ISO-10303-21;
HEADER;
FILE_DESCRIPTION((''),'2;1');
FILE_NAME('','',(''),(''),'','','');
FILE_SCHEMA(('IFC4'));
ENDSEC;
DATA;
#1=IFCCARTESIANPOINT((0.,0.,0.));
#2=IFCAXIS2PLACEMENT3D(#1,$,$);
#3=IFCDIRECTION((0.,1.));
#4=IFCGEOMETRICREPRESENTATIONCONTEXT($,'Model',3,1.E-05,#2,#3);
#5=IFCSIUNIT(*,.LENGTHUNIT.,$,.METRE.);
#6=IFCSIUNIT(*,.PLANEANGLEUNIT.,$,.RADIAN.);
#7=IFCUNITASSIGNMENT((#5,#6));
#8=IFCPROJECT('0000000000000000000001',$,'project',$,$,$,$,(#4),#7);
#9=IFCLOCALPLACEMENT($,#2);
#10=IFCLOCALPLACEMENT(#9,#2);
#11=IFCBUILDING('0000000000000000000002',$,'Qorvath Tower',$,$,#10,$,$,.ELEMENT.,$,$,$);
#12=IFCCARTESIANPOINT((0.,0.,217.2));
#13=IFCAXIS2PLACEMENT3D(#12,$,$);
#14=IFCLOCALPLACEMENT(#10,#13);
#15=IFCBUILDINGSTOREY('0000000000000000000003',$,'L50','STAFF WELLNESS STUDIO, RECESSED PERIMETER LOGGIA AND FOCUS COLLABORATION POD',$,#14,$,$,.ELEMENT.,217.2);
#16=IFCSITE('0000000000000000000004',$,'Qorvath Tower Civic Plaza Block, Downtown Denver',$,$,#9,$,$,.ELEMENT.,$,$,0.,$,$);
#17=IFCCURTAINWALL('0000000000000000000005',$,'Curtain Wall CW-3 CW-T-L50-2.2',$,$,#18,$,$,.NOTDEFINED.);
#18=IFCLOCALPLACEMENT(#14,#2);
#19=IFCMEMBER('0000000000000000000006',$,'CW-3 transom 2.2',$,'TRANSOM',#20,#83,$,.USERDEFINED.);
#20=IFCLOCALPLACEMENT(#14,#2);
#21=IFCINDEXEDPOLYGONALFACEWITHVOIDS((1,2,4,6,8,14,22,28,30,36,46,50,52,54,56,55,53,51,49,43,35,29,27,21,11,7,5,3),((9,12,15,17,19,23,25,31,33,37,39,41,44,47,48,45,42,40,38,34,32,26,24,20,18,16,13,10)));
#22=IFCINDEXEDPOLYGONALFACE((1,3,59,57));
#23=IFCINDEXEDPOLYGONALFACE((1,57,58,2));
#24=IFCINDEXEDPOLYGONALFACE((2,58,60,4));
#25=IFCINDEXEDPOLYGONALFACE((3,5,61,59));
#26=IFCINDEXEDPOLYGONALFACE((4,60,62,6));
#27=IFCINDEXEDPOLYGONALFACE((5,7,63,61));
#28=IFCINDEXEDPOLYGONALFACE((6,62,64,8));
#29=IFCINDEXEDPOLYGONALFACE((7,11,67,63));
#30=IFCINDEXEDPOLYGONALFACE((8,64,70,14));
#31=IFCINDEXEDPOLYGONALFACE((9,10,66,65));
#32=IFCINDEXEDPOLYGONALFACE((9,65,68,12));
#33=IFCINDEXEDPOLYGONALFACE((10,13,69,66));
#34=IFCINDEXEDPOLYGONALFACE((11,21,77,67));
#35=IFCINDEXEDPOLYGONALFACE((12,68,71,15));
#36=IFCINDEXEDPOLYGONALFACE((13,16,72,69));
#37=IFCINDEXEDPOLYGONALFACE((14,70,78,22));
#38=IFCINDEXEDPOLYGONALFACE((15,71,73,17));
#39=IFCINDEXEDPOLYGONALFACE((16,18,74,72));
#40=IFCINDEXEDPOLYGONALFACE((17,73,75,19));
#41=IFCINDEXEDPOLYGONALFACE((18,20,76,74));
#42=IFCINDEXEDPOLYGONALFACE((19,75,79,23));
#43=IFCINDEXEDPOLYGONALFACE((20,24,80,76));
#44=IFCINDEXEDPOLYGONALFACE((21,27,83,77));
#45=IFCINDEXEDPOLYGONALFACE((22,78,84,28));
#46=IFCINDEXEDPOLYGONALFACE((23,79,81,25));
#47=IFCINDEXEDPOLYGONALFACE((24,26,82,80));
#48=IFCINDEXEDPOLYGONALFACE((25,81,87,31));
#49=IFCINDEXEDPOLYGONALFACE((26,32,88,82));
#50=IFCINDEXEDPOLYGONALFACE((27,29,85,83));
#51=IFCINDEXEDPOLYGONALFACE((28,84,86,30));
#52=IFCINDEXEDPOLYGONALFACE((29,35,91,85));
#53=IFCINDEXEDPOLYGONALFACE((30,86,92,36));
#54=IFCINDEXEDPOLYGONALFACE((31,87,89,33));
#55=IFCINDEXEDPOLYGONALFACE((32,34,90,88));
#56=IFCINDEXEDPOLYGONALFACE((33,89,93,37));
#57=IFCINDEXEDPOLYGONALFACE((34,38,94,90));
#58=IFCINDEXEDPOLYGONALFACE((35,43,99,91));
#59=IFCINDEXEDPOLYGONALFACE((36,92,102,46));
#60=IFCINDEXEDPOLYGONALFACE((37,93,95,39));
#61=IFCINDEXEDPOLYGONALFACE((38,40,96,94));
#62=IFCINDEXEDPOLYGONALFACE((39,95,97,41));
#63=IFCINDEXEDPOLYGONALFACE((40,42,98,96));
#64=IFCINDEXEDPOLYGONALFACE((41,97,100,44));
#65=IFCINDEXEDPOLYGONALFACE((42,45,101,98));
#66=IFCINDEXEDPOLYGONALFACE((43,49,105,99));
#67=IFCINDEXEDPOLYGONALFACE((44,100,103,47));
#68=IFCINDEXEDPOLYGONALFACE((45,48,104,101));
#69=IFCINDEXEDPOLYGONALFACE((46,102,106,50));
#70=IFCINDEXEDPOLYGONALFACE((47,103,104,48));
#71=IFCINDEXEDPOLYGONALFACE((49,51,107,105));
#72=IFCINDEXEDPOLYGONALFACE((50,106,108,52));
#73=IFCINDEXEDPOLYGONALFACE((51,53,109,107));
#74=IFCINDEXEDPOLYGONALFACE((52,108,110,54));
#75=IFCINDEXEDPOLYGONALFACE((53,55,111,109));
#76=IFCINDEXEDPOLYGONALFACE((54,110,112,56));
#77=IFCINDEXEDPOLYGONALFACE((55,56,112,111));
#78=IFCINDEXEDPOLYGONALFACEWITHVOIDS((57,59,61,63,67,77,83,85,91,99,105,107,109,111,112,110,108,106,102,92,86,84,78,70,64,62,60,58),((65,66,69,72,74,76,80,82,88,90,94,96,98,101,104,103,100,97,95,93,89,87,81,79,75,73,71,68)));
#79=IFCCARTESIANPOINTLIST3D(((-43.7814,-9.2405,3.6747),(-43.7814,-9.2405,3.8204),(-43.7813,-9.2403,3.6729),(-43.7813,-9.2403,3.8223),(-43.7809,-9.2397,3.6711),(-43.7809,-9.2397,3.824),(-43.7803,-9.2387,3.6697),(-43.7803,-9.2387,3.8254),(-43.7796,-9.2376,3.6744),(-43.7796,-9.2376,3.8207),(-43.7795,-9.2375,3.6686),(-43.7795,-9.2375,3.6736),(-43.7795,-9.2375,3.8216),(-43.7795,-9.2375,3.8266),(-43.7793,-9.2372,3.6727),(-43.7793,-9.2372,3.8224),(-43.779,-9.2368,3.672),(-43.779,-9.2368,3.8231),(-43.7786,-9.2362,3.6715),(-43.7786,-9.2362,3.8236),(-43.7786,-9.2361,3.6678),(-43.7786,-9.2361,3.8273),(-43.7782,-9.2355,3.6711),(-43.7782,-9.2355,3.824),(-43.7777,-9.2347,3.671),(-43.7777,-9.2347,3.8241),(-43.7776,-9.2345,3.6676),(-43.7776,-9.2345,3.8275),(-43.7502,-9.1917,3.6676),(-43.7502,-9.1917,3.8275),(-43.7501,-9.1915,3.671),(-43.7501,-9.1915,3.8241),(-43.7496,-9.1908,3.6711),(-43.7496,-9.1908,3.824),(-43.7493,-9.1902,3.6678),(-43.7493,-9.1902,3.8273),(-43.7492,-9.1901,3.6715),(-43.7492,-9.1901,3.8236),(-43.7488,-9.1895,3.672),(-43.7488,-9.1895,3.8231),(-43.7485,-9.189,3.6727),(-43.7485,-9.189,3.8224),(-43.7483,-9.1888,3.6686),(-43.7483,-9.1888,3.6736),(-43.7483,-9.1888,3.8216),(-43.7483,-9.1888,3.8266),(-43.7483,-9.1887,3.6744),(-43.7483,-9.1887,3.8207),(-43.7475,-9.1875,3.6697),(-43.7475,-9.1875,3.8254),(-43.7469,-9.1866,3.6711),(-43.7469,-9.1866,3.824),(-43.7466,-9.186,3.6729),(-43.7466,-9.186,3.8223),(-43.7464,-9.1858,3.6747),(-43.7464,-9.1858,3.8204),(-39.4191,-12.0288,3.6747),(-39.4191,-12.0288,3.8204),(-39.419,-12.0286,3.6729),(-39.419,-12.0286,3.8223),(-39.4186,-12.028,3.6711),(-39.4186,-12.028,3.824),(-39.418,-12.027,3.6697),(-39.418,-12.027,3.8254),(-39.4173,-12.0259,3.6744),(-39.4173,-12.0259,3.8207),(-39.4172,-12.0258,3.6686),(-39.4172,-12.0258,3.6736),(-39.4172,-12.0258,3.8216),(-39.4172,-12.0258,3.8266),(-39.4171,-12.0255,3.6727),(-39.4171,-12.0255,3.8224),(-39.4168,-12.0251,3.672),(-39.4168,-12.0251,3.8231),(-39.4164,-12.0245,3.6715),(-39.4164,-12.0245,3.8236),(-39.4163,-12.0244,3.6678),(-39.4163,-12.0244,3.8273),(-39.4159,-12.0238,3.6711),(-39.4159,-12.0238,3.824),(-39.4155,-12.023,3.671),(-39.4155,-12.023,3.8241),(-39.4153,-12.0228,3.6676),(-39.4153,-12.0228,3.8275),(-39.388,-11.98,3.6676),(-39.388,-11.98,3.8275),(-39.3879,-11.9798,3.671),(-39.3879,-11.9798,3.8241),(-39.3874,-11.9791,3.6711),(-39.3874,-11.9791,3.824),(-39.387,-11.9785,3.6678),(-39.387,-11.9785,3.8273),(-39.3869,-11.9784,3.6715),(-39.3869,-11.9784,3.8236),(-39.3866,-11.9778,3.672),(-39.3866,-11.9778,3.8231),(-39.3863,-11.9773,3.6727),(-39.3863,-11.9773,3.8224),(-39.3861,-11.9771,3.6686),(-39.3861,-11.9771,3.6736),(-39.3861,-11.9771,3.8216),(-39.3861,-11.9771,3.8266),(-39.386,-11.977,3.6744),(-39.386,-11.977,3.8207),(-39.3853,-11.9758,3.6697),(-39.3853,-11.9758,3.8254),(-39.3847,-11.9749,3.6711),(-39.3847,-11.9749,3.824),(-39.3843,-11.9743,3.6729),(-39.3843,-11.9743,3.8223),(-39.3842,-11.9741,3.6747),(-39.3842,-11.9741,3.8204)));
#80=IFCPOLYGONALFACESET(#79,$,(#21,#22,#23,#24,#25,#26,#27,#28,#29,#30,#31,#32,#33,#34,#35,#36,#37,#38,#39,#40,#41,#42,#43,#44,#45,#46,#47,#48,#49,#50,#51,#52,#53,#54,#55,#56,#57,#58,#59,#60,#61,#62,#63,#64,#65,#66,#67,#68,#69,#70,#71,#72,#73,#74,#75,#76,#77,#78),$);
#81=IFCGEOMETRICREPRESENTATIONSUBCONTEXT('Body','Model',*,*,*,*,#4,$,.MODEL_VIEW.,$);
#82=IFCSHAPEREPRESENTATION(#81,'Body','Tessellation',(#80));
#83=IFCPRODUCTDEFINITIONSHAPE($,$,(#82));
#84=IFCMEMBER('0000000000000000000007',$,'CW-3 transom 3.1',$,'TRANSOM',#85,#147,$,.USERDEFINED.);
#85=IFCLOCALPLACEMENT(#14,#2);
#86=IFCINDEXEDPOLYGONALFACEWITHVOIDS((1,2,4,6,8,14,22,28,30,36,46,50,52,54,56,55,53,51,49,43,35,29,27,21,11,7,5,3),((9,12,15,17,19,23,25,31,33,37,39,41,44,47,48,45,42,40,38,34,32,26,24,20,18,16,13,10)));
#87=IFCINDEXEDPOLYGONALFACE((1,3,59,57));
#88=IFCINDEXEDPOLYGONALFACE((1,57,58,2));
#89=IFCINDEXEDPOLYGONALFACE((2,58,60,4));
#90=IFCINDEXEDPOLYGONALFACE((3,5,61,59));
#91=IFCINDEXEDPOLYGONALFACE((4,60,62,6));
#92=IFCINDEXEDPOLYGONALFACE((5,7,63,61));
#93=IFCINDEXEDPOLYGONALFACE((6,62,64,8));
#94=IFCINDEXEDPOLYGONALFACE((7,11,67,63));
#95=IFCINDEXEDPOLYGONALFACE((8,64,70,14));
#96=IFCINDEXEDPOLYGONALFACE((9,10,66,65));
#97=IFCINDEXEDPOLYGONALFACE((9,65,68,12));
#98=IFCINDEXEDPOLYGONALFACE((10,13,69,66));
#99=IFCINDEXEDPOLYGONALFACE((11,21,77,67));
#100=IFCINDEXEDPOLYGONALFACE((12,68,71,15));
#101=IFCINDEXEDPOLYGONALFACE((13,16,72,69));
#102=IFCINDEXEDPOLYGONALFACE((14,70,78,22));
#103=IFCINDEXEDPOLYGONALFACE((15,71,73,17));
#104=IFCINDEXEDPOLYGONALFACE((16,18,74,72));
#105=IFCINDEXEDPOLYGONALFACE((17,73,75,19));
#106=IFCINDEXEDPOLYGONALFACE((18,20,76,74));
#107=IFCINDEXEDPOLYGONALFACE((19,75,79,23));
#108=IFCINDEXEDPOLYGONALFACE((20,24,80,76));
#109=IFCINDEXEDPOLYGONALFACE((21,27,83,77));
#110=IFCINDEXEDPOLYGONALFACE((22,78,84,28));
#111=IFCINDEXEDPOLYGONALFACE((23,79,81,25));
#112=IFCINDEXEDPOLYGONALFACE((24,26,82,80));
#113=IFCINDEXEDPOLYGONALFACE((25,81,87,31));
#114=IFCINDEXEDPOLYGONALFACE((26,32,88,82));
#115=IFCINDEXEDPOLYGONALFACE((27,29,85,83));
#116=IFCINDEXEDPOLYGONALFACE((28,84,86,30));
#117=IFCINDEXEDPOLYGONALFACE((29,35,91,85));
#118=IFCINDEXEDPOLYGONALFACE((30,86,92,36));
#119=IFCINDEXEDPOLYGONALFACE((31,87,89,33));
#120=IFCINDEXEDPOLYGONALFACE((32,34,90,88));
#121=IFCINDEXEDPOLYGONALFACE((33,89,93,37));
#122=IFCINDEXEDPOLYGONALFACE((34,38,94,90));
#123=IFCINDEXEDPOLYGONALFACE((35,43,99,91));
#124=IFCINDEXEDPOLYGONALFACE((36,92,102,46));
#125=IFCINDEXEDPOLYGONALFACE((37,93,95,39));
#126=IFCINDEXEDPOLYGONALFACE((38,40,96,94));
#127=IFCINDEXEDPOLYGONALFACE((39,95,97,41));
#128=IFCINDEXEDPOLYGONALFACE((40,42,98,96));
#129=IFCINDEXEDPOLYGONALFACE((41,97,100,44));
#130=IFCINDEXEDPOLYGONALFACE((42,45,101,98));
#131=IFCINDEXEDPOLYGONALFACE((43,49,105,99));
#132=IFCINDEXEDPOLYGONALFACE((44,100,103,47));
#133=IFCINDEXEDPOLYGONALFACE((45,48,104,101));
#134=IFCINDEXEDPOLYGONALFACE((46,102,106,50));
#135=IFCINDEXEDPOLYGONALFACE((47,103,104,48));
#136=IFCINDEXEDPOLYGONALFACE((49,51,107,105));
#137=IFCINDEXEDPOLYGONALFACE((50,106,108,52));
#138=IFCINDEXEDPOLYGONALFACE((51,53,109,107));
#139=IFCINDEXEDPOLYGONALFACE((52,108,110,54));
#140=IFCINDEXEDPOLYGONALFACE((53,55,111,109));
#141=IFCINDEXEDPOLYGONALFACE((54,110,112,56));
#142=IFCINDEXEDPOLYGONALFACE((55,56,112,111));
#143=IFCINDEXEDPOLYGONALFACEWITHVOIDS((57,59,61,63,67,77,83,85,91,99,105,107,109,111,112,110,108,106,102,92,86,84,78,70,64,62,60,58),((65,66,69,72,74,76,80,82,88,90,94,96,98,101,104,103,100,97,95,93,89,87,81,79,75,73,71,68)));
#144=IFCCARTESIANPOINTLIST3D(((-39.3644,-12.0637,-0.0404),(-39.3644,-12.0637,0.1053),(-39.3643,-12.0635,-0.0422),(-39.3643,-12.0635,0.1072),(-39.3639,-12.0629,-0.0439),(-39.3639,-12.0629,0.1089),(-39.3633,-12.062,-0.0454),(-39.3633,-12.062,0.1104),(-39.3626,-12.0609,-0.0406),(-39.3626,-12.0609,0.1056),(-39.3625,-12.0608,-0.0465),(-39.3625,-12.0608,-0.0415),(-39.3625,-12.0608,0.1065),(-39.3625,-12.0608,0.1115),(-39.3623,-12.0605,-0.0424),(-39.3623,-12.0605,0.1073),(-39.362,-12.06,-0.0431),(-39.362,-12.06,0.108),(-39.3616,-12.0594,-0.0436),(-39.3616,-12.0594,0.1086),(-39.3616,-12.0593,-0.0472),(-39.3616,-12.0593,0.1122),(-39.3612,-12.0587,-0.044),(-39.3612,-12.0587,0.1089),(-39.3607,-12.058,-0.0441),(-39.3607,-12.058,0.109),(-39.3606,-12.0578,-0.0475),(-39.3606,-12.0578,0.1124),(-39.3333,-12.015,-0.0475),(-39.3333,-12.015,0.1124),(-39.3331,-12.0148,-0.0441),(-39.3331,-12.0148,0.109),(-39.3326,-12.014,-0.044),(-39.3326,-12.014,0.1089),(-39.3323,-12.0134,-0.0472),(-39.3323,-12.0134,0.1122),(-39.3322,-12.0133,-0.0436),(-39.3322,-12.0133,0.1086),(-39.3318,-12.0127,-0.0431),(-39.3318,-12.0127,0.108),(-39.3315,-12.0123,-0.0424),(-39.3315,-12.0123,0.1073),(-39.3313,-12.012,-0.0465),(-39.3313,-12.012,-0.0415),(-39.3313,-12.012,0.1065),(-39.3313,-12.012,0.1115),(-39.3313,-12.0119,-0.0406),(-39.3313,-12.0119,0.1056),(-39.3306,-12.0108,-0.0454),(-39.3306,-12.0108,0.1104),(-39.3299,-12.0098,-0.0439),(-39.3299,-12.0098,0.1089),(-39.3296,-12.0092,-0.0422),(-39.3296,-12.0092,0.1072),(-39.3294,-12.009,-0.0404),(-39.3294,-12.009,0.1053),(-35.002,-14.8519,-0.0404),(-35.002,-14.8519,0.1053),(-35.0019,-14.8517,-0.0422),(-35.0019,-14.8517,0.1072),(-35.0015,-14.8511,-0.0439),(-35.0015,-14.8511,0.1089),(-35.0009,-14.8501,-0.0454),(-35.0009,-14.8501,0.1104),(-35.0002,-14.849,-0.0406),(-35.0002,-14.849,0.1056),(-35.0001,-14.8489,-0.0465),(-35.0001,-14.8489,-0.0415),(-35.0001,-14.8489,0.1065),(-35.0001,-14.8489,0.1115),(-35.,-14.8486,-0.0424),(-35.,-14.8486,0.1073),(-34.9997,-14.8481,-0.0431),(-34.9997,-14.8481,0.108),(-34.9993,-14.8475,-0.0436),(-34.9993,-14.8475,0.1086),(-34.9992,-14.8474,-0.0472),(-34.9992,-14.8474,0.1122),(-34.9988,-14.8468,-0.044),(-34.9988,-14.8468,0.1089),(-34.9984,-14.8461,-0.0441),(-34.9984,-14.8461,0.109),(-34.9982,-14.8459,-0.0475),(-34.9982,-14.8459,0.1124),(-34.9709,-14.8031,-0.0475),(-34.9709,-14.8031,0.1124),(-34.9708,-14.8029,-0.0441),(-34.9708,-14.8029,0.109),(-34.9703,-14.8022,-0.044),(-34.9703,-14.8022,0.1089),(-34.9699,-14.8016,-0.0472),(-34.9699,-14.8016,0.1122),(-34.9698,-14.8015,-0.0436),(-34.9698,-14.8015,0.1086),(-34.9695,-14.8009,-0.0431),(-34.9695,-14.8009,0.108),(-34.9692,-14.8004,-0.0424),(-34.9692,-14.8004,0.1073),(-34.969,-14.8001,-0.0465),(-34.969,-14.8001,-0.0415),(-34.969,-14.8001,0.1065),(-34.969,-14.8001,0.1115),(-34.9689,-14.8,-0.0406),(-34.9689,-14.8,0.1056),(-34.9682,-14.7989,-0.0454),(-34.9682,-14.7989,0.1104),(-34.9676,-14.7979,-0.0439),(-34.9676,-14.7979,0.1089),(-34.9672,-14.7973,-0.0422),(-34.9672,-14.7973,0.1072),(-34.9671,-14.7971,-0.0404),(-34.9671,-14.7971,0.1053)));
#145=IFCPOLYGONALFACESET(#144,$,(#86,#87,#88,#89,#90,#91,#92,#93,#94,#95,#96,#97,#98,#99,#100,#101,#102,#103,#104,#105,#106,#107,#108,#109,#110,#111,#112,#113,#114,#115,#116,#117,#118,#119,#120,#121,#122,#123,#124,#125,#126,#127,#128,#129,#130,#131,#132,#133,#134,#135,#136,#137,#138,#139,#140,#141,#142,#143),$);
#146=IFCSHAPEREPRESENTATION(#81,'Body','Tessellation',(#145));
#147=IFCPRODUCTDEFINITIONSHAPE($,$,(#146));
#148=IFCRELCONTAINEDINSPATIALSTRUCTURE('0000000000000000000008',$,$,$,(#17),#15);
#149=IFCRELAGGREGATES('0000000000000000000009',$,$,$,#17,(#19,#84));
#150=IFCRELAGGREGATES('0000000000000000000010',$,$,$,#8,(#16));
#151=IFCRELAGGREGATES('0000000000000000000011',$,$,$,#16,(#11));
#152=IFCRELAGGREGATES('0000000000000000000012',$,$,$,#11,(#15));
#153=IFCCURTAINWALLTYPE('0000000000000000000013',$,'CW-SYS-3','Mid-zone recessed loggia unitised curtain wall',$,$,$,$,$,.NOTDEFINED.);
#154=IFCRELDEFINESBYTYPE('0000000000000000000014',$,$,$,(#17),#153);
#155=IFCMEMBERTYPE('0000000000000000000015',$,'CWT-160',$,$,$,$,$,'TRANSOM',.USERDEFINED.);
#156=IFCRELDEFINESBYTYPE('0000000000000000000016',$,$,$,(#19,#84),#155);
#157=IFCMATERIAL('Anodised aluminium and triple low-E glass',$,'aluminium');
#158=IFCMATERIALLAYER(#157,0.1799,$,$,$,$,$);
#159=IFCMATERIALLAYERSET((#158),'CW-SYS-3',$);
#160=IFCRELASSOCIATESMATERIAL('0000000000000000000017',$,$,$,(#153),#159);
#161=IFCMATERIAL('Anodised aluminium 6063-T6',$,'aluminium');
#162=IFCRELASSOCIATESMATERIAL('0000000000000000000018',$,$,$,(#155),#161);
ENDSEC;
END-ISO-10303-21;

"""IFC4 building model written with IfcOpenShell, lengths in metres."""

from ifc_helpers import new_model, si_unit, direction, frame, origin, origin_2d, place, context, subcontext, project, spatial, hollow_rectangle, extrude, material, layer, layer_set, material_profile, profile_set, type_object, element, aggregate, save


model = new_model("IFC4")

# Units and contexts
model_context = context("Model", 3, precision=1e-05, world=origin(), true_north=direction((0.0, 1.0)))
body_context = subcontext(model_context, "Body", "Model", "MODEL_VIEW")
ifc_project = project(units=[si_unit("LENGTHUNIT", "METRE"), si_unit("PLANEANGLEUNIT", "RADIAN")], contexts=[model_context])

# Site, building, storey
site_placement = place(None, origin())
site = spatial("IfcSite", under=ifc_project, at=site_placement, Name="Qorvath Tower Civic Plaza Block, Downtown Denver", CompositionType="ELEMENT", RefElevation=0.0)
building_placement = place(site_placement, origin())
building = spatial("IfcBuilding", under=site, at=building_placement, Name="Qorvath Tower", CompositionType="ELEMENT")
storey_placement = place(building_placement, frame((0.0, 0.0, 217.2)))
storey = spatial("IfcBuildingStorey", under=building, at=storey_placement, Name="L50", Description="STAFF WELLNESS STUDIO, RECESSED PERIMETER LOGGIA AND FOCUS COLLABORATION POD", CompositionType="ELEMENT", Elevation=217.2)

# Curtain wall
ifc_material_1 = material(Name="Anodised aluminium and triple low-E glass", Category="aluminium")
ifc_layer_1 = layer(ifc_material_1, 0.1799)
ifc_layer_set_1 = layer_set([ifc_layer_1], Name="CW-SYS-3")
curtain_wall_type = type_object("IfcCurtainWallType", Name="CW-SYS-3", Description="Mid-zone recessed loggia unitised curtain wall", PredefinedType="NOTDEFINED", material=ifc_layer_set_1)
curtain_wall_1_placement = place(storey_placement, origin())
curtain_wall_1 = element("IfcCurtainWall", 1, at=curtain_wall_1_placement, inside=storey, type_object=curtain_wall_type, Name="Curtain Wall CW-3 CW-T-L50-2.2", PredefinedType="NOTDEFINED")

# Members
ifc_material_2 = material(Name="Anodised aluminium 6063-T6", Category="aluminium")
ifc_material_profile_1 = material_profile(ifc_material_2, hollow_rectangle(XDim=0.0649, YDim=0.1599, WallThickness=0.0034, InnerFilletRadius=0.0034, OuterFilletRadius=0.0071, at=origin_2d()), Name="CWT 160x65")
ifc_profile_set_1 = profile_set([ifc_material_profile_1], Name="Anodised aluminium 6063-T6")
member_type_1 = type_object("IfcMemberType", Name="CWT-160", ElementType="TRANSOM", PredefinedType="USERDEFINED", material=ifc_profile_set_1)
member_1_placement = place(storey_placement, frame((-43.7639, -9.2131, 3.7476), z_axis=(0.842582, -0.538568, 0.0), x_axis=(0.538568, 0.842582, 0.0)))
member_1 = element("IfcMember", 2, at=member_1_placement, type_object=member_type_1, Name="CW-3 transom 2.2", ObjectType="TRANSOM", PredefinedType="USERDEFINED", context=body_context, shape_type="SweptSolid", body=[
    extrude(hollow_rectangle(XDim=0.0649, YDim=0.1599, WallThickness=0.0034, InnerFilletRadius=0.0034, OuterFilletRadius=0.0071, at=origin_2d()), origin(), (0.0, 0.0, 1.0), 5.1772),
])
member_2_placement = place(storey_placement, frame((-39.3469, -12.0364, 0.0325), z_axis=(0.842604, -0.538534, 0.0), x_axis=(0.538534, 0.842604, 0.0)))
member_2 = element("IfcMember", 3, at=member_2_placement, type_object=member_type_1, Name="CW-3 transom 3.1", ObjectType="TRANSOM", PredefinedType="USERDEFINED", context=body_context, shape_type="SweptSolid", body=[
    extrude(hollow_rectangle(XDim=0.0649, YDim=0.1599, WallThickness=0.0034, InnerFilletRadius=0.0034, OuterFilletRadius=0.0071, at=origin_2d()), origin(), (0.0, 0.0, 1.0), 5.1772),
])

aggregate(curtain_wall_1, [member_1, member_2])

save(model, "model.ifc")
